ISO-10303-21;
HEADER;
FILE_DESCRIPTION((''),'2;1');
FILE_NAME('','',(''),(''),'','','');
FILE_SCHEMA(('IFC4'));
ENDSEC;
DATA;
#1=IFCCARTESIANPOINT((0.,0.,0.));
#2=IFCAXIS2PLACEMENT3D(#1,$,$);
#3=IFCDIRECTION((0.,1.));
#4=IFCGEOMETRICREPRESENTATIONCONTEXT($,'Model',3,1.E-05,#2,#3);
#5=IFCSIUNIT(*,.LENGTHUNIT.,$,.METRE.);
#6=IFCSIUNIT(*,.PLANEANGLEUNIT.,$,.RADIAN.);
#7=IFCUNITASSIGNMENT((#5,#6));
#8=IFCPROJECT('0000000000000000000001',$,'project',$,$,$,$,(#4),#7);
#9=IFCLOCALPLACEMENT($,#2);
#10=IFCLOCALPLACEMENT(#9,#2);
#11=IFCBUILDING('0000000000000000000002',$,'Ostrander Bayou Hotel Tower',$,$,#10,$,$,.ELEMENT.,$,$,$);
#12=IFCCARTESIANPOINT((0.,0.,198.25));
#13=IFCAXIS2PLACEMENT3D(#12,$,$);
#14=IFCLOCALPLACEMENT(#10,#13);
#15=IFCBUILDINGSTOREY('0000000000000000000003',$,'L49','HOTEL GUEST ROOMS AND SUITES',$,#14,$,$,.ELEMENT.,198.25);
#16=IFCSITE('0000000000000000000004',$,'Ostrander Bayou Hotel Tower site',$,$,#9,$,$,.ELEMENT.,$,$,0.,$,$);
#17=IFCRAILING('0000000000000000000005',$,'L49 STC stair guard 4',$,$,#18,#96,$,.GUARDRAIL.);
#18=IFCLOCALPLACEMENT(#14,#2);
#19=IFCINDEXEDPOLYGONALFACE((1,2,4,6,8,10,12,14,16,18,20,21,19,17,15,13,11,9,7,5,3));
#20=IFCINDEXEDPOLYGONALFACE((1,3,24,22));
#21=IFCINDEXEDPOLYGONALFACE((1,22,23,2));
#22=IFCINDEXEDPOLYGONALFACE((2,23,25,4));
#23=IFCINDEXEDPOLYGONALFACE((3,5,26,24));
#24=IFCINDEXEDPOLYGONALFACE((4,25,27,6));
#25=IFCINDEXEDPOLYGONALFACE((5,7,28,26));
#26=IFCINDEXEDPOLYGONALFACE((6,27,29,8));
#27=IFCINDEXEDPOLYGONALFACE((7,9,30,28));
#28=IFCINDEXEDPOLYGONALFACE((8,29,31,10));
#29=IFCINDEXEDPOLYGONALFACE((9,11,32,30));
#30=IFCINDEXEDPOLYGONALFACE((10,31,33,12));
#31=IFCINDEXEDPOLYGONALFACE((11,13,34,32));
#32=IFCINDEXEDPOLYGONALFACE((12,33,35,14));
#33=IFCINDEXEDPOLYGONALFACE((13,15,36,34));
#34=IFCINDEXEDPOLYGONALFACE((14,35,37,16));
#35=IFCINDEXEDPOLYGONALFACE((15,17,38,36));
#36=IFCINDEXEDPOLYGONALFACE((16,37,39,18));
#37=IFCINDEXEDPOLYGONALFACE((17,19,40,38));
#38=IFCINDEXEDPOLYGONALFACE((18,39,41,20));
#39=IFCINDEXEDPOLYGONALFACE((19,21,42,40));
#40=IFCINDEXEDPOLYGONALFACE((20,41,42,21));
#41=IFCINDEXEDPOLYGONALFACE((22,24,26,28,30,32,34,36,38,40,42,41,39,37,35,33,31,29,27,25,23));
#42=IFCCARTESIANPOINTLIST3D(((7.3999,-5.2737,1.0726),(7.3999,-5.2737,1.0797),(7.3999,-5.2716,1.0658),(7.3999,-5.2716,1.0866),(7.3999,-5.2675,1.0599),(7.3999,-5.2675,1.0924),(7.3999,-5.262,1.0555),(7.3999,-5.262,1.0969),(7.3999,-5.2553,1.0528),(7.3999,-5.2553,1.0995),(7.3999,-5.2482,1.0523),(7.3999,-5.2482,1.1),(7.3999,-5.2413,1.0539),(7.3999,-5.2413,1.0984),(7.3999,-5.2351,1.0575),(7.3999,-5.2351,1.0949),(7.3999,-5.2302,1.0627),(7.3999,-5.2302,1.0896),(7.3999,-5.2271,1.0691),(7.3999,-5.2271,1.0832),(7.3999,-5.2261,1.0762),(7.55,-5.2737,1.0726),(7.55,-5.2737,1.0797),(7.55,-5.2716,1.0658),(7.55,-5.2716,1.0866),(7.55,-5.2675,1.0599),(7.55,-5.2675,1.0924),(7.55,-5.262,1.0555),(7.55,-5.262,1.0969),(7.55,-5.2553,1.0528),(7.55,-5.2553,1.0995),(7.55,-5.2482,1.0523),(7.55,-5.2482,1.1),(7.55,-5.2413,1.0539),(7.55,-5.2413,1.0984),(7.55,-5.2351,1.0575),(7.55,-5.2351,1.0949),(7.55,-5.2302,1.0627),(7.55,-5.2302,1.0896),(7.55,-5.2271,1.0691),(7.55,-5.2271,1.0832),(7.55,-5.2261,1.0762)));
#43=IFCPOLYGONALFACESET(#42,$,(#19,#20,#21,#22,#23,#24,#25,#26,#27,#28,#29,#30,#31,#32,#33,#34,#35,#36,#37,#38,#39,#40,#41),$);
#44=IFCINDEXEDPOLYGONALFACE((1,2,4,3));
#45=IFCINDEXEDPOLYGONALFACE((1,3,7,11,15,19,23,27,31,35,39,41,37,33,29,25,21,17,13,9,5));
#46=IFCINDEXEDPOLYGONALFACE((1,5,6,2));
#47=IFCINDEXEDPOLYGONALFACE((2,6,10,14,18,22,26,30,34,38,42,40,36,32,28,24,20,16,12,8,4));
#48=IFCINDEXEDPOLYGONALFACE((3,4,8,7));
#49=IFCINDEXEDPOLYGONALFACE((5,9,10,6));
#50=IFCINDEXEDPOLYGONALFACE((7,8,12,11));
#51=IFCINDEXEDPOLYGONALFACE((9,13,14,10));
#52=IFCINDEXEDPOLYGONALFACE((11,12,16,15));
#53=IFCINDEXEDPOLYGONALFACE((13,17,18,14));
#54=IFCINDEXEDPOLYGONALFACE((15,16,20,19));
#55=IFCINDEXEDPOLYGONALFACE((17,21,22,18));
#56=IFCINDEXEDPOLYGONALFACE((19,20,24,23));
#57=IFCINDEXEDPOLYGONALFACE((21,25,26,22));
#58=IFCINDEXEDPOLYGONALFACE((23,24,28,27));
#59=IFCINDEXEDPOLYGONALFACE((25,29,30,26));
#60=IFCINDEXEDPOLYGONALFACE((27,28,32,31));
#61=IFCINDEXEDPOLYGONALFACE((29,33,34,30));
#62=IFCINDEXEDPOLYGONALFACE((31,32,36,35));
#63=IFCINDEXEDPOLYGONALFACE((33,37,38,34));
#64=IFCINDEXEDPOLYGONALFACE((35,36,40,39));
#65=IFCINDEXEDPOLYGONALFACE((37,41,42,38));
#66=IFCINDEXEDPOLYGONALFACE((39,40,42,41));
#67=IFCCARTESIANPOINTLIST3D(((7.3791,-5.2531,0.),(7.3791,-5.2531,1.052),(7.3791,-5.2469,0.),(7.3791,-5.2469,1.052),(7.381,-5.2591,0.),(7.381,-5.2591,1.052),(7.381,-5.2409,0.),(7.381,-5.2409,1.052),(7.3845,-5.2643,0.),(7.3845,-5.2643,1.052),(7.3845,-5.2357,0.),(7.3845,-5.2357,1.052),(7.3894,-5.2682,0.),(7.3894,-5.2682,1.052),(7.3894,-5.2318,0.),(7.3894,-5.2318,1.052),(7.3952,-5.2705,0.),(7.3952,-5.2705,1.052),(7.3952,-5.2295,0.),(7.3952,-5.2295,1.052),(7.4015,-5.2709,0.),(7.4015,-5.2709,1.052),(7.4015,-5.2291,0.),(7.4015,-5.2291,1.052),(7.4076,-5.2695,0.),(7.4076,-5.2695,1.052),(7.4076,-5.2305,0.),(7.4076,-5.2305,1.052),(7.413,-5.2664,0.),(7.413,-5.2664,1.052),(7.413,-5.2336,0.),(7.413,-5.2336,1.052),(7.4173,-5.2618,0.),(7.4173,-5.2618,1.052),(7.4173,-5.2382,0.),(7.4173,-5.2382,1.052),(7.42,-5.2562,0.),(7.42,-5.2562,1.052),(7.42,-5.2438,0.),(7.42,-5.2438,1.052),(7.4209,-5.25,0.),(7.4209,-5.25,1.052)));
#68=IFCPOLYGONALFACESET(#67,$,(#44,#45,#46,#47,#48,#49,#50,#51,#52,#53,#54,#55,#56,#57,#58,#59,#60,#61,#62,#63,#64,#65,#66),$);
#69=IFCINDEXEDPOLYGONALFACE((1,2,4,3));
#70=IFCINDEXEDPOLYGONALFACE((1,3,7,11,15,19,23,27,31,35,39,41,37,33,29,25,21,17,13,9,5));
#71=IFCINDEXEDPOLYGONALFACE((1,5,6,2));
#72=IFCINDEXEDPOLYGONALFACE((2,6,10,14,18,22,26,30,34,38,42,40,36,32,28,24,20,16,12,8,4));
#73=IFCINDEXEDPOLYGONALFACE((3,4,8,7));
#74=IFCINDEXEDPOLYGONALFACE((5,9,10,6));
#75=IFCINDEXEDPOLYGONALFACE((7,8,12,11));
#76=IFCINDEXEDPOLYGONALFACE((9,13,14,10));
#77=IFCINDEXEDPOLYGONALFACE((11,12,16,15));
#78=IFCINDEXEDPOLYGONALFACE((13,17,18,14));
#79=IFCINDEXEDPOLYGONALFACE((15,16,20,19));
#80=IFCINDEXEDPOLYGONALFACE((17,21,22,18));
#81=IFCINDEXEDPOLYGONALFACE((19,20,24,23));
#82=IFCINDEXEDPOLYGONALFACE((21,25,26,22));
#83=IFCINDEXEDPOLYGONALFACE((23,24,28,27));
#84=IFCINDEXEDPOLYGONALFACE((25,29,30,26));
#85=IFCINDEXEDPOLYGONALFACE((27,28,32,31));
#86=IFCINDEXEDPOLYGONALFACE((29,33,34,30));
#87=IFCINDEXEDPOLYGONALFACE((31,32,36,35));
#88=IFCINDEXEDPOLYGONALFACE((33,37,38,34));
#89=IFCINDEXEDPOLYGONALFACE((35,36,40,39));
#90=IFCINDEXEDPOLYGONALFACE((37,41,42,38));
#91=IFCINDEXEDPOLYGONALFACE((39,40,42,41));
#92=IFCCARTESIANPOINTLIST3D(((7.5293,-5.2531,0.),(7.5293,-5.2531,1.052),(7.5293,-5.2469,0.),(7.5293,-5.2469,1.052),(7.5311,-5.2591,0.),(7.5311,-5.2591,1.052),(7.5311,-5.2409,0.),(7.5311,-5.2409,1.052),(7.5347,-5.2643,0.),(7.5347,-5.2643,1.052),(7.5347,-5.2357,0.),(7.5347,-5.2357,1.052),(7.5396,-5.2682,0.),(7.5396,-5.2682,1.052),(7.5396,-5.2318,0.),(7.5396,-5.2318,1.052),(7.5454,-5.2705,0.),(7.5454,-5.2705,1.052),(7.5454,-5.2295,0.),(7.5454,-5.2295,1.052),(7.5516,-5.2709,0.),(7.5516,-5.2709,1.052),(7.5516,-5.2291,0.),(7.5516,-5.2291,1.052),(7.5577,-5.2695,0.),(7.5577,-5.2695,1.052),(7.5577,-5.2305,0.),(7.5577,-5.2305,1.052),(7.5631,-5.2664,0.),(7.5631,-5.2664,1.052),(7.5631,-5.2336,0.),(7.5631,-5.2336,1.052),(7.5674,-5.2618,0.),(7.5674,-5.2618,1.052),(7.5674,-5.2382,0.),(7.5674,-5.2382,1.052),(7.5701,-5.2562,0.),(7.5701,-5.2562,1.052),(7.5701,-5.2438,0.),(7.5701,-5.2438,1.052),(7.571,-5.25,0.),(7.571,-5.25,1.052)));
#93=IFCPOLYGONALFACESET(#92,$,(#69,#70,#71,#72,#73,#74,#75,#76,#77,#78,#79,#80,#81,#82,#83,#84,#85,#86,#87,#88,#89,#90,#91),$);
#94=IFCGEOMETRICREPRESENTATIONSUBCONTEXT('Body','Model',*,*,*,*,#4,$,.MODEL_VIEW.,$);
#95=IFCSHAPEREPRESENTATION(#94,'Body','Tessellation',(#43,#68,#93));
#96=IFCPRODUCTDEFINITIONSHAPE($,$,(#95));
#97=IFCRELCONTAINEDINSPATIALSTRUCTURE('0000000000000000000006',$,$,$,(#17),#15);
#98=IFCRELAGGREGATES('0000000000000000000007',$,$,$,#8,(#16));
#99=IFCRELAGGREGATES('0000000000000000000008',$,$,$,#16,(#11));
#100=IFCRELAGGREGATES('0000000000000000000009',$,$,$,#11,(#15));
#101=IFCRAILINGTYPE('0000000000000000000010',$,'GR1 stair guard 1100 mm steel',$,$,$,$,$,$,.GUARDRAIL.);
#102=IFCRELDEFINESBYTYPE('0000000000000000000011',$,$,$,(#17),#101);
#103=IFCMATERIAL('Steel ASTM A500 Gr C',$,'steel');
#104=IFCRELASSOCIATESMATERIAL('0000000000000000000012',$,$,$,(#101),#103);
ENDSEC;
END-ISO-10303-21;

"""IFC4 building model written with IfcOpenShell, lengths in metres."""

from ifc_helpers import new_model, si_unit, direction, frame, origin, origin_2d, place, context, subcontext, project, spatial, circle, extrude, material, type_object, element, save


model = new_model("IFC4")

# Units and contexts
model_context = context("Model", 3, precision=1e-05, world=origin(), true_north=direction((0.0, 1.0)))
body_context = subcontext(model_context, "Body", "Model", "MODEL_VIEW")
ifc_project = project(units=[si_unit("LENGTHUNIT", "METRE"), si_unit("PLANEANGLEUNIT", "RADIAN")], contexts=[model_context])

# Site, building, storey
site_placement = place(None, origin())
site = spatial("IfcSite", under=ifc_project, at=site_placement, Name="Ostrander Bayou Hotel Tower site", CompositionType="ELEMENT", RefElevation=0.0)
building_placement = place(site_placement, origin())
building = spatial("IfcBuilding", under=site, at=building_placement, Name="Ostrander Bayou Hotel Tower", CompositionType="ELEMENT")
storey_placement = place(building_placement, frame((0.0, 0.0, 198.25)))
storey = spatial("IfcBuildingStorey", under=building, at=storey_placement, Name="L49", Description="HOTEL GUEST ROOMS AND SUITES", CompositionType="ELEMENT", Elevation=198.25)

# Railing
ifc_material_1 = material(Name="Steel ASTM A500 Gr C", Category="steel")
railing_type_1 = type_object("IfcRailingType", Name="GR1 stair guard 1100 mm steel", PredefinedType="GUARDRAIL", material=ifc_material_1)
railing_1_placement = place(storey_placement, frame((7.3999, -5.25, 0.0)))
element("IfcRailing", 1, at=railing_1_placement, inside=storey, type_object=railing_type_1, Name="L49 STC stair guard 4", PredefinedType="GUARDRAIL", context=body_context, shape_type="SweptSolid", body=[
    extrude(circle(Radius=0.0239, at=origin_2d()), frame((0.0, 0.0, 1.0762), z_axis=(1.0, 0.0, 0.0), x_axis=(0.0, 1.0, 0.0)), (0.0, 0.0, 1.0), 0.1501),
    extrude(circle(Radius=0.021, at=origin_2d()), origin(), (0.0, 0.0, 1.0), 1.052),
    extrude(circle(Radius=0.021, at=origin_2d()), frame((0.1501, 0.0, 0.0)), (0.0, 0.0, 1.0), 1.052),
])

save(model, "model.ifc")
